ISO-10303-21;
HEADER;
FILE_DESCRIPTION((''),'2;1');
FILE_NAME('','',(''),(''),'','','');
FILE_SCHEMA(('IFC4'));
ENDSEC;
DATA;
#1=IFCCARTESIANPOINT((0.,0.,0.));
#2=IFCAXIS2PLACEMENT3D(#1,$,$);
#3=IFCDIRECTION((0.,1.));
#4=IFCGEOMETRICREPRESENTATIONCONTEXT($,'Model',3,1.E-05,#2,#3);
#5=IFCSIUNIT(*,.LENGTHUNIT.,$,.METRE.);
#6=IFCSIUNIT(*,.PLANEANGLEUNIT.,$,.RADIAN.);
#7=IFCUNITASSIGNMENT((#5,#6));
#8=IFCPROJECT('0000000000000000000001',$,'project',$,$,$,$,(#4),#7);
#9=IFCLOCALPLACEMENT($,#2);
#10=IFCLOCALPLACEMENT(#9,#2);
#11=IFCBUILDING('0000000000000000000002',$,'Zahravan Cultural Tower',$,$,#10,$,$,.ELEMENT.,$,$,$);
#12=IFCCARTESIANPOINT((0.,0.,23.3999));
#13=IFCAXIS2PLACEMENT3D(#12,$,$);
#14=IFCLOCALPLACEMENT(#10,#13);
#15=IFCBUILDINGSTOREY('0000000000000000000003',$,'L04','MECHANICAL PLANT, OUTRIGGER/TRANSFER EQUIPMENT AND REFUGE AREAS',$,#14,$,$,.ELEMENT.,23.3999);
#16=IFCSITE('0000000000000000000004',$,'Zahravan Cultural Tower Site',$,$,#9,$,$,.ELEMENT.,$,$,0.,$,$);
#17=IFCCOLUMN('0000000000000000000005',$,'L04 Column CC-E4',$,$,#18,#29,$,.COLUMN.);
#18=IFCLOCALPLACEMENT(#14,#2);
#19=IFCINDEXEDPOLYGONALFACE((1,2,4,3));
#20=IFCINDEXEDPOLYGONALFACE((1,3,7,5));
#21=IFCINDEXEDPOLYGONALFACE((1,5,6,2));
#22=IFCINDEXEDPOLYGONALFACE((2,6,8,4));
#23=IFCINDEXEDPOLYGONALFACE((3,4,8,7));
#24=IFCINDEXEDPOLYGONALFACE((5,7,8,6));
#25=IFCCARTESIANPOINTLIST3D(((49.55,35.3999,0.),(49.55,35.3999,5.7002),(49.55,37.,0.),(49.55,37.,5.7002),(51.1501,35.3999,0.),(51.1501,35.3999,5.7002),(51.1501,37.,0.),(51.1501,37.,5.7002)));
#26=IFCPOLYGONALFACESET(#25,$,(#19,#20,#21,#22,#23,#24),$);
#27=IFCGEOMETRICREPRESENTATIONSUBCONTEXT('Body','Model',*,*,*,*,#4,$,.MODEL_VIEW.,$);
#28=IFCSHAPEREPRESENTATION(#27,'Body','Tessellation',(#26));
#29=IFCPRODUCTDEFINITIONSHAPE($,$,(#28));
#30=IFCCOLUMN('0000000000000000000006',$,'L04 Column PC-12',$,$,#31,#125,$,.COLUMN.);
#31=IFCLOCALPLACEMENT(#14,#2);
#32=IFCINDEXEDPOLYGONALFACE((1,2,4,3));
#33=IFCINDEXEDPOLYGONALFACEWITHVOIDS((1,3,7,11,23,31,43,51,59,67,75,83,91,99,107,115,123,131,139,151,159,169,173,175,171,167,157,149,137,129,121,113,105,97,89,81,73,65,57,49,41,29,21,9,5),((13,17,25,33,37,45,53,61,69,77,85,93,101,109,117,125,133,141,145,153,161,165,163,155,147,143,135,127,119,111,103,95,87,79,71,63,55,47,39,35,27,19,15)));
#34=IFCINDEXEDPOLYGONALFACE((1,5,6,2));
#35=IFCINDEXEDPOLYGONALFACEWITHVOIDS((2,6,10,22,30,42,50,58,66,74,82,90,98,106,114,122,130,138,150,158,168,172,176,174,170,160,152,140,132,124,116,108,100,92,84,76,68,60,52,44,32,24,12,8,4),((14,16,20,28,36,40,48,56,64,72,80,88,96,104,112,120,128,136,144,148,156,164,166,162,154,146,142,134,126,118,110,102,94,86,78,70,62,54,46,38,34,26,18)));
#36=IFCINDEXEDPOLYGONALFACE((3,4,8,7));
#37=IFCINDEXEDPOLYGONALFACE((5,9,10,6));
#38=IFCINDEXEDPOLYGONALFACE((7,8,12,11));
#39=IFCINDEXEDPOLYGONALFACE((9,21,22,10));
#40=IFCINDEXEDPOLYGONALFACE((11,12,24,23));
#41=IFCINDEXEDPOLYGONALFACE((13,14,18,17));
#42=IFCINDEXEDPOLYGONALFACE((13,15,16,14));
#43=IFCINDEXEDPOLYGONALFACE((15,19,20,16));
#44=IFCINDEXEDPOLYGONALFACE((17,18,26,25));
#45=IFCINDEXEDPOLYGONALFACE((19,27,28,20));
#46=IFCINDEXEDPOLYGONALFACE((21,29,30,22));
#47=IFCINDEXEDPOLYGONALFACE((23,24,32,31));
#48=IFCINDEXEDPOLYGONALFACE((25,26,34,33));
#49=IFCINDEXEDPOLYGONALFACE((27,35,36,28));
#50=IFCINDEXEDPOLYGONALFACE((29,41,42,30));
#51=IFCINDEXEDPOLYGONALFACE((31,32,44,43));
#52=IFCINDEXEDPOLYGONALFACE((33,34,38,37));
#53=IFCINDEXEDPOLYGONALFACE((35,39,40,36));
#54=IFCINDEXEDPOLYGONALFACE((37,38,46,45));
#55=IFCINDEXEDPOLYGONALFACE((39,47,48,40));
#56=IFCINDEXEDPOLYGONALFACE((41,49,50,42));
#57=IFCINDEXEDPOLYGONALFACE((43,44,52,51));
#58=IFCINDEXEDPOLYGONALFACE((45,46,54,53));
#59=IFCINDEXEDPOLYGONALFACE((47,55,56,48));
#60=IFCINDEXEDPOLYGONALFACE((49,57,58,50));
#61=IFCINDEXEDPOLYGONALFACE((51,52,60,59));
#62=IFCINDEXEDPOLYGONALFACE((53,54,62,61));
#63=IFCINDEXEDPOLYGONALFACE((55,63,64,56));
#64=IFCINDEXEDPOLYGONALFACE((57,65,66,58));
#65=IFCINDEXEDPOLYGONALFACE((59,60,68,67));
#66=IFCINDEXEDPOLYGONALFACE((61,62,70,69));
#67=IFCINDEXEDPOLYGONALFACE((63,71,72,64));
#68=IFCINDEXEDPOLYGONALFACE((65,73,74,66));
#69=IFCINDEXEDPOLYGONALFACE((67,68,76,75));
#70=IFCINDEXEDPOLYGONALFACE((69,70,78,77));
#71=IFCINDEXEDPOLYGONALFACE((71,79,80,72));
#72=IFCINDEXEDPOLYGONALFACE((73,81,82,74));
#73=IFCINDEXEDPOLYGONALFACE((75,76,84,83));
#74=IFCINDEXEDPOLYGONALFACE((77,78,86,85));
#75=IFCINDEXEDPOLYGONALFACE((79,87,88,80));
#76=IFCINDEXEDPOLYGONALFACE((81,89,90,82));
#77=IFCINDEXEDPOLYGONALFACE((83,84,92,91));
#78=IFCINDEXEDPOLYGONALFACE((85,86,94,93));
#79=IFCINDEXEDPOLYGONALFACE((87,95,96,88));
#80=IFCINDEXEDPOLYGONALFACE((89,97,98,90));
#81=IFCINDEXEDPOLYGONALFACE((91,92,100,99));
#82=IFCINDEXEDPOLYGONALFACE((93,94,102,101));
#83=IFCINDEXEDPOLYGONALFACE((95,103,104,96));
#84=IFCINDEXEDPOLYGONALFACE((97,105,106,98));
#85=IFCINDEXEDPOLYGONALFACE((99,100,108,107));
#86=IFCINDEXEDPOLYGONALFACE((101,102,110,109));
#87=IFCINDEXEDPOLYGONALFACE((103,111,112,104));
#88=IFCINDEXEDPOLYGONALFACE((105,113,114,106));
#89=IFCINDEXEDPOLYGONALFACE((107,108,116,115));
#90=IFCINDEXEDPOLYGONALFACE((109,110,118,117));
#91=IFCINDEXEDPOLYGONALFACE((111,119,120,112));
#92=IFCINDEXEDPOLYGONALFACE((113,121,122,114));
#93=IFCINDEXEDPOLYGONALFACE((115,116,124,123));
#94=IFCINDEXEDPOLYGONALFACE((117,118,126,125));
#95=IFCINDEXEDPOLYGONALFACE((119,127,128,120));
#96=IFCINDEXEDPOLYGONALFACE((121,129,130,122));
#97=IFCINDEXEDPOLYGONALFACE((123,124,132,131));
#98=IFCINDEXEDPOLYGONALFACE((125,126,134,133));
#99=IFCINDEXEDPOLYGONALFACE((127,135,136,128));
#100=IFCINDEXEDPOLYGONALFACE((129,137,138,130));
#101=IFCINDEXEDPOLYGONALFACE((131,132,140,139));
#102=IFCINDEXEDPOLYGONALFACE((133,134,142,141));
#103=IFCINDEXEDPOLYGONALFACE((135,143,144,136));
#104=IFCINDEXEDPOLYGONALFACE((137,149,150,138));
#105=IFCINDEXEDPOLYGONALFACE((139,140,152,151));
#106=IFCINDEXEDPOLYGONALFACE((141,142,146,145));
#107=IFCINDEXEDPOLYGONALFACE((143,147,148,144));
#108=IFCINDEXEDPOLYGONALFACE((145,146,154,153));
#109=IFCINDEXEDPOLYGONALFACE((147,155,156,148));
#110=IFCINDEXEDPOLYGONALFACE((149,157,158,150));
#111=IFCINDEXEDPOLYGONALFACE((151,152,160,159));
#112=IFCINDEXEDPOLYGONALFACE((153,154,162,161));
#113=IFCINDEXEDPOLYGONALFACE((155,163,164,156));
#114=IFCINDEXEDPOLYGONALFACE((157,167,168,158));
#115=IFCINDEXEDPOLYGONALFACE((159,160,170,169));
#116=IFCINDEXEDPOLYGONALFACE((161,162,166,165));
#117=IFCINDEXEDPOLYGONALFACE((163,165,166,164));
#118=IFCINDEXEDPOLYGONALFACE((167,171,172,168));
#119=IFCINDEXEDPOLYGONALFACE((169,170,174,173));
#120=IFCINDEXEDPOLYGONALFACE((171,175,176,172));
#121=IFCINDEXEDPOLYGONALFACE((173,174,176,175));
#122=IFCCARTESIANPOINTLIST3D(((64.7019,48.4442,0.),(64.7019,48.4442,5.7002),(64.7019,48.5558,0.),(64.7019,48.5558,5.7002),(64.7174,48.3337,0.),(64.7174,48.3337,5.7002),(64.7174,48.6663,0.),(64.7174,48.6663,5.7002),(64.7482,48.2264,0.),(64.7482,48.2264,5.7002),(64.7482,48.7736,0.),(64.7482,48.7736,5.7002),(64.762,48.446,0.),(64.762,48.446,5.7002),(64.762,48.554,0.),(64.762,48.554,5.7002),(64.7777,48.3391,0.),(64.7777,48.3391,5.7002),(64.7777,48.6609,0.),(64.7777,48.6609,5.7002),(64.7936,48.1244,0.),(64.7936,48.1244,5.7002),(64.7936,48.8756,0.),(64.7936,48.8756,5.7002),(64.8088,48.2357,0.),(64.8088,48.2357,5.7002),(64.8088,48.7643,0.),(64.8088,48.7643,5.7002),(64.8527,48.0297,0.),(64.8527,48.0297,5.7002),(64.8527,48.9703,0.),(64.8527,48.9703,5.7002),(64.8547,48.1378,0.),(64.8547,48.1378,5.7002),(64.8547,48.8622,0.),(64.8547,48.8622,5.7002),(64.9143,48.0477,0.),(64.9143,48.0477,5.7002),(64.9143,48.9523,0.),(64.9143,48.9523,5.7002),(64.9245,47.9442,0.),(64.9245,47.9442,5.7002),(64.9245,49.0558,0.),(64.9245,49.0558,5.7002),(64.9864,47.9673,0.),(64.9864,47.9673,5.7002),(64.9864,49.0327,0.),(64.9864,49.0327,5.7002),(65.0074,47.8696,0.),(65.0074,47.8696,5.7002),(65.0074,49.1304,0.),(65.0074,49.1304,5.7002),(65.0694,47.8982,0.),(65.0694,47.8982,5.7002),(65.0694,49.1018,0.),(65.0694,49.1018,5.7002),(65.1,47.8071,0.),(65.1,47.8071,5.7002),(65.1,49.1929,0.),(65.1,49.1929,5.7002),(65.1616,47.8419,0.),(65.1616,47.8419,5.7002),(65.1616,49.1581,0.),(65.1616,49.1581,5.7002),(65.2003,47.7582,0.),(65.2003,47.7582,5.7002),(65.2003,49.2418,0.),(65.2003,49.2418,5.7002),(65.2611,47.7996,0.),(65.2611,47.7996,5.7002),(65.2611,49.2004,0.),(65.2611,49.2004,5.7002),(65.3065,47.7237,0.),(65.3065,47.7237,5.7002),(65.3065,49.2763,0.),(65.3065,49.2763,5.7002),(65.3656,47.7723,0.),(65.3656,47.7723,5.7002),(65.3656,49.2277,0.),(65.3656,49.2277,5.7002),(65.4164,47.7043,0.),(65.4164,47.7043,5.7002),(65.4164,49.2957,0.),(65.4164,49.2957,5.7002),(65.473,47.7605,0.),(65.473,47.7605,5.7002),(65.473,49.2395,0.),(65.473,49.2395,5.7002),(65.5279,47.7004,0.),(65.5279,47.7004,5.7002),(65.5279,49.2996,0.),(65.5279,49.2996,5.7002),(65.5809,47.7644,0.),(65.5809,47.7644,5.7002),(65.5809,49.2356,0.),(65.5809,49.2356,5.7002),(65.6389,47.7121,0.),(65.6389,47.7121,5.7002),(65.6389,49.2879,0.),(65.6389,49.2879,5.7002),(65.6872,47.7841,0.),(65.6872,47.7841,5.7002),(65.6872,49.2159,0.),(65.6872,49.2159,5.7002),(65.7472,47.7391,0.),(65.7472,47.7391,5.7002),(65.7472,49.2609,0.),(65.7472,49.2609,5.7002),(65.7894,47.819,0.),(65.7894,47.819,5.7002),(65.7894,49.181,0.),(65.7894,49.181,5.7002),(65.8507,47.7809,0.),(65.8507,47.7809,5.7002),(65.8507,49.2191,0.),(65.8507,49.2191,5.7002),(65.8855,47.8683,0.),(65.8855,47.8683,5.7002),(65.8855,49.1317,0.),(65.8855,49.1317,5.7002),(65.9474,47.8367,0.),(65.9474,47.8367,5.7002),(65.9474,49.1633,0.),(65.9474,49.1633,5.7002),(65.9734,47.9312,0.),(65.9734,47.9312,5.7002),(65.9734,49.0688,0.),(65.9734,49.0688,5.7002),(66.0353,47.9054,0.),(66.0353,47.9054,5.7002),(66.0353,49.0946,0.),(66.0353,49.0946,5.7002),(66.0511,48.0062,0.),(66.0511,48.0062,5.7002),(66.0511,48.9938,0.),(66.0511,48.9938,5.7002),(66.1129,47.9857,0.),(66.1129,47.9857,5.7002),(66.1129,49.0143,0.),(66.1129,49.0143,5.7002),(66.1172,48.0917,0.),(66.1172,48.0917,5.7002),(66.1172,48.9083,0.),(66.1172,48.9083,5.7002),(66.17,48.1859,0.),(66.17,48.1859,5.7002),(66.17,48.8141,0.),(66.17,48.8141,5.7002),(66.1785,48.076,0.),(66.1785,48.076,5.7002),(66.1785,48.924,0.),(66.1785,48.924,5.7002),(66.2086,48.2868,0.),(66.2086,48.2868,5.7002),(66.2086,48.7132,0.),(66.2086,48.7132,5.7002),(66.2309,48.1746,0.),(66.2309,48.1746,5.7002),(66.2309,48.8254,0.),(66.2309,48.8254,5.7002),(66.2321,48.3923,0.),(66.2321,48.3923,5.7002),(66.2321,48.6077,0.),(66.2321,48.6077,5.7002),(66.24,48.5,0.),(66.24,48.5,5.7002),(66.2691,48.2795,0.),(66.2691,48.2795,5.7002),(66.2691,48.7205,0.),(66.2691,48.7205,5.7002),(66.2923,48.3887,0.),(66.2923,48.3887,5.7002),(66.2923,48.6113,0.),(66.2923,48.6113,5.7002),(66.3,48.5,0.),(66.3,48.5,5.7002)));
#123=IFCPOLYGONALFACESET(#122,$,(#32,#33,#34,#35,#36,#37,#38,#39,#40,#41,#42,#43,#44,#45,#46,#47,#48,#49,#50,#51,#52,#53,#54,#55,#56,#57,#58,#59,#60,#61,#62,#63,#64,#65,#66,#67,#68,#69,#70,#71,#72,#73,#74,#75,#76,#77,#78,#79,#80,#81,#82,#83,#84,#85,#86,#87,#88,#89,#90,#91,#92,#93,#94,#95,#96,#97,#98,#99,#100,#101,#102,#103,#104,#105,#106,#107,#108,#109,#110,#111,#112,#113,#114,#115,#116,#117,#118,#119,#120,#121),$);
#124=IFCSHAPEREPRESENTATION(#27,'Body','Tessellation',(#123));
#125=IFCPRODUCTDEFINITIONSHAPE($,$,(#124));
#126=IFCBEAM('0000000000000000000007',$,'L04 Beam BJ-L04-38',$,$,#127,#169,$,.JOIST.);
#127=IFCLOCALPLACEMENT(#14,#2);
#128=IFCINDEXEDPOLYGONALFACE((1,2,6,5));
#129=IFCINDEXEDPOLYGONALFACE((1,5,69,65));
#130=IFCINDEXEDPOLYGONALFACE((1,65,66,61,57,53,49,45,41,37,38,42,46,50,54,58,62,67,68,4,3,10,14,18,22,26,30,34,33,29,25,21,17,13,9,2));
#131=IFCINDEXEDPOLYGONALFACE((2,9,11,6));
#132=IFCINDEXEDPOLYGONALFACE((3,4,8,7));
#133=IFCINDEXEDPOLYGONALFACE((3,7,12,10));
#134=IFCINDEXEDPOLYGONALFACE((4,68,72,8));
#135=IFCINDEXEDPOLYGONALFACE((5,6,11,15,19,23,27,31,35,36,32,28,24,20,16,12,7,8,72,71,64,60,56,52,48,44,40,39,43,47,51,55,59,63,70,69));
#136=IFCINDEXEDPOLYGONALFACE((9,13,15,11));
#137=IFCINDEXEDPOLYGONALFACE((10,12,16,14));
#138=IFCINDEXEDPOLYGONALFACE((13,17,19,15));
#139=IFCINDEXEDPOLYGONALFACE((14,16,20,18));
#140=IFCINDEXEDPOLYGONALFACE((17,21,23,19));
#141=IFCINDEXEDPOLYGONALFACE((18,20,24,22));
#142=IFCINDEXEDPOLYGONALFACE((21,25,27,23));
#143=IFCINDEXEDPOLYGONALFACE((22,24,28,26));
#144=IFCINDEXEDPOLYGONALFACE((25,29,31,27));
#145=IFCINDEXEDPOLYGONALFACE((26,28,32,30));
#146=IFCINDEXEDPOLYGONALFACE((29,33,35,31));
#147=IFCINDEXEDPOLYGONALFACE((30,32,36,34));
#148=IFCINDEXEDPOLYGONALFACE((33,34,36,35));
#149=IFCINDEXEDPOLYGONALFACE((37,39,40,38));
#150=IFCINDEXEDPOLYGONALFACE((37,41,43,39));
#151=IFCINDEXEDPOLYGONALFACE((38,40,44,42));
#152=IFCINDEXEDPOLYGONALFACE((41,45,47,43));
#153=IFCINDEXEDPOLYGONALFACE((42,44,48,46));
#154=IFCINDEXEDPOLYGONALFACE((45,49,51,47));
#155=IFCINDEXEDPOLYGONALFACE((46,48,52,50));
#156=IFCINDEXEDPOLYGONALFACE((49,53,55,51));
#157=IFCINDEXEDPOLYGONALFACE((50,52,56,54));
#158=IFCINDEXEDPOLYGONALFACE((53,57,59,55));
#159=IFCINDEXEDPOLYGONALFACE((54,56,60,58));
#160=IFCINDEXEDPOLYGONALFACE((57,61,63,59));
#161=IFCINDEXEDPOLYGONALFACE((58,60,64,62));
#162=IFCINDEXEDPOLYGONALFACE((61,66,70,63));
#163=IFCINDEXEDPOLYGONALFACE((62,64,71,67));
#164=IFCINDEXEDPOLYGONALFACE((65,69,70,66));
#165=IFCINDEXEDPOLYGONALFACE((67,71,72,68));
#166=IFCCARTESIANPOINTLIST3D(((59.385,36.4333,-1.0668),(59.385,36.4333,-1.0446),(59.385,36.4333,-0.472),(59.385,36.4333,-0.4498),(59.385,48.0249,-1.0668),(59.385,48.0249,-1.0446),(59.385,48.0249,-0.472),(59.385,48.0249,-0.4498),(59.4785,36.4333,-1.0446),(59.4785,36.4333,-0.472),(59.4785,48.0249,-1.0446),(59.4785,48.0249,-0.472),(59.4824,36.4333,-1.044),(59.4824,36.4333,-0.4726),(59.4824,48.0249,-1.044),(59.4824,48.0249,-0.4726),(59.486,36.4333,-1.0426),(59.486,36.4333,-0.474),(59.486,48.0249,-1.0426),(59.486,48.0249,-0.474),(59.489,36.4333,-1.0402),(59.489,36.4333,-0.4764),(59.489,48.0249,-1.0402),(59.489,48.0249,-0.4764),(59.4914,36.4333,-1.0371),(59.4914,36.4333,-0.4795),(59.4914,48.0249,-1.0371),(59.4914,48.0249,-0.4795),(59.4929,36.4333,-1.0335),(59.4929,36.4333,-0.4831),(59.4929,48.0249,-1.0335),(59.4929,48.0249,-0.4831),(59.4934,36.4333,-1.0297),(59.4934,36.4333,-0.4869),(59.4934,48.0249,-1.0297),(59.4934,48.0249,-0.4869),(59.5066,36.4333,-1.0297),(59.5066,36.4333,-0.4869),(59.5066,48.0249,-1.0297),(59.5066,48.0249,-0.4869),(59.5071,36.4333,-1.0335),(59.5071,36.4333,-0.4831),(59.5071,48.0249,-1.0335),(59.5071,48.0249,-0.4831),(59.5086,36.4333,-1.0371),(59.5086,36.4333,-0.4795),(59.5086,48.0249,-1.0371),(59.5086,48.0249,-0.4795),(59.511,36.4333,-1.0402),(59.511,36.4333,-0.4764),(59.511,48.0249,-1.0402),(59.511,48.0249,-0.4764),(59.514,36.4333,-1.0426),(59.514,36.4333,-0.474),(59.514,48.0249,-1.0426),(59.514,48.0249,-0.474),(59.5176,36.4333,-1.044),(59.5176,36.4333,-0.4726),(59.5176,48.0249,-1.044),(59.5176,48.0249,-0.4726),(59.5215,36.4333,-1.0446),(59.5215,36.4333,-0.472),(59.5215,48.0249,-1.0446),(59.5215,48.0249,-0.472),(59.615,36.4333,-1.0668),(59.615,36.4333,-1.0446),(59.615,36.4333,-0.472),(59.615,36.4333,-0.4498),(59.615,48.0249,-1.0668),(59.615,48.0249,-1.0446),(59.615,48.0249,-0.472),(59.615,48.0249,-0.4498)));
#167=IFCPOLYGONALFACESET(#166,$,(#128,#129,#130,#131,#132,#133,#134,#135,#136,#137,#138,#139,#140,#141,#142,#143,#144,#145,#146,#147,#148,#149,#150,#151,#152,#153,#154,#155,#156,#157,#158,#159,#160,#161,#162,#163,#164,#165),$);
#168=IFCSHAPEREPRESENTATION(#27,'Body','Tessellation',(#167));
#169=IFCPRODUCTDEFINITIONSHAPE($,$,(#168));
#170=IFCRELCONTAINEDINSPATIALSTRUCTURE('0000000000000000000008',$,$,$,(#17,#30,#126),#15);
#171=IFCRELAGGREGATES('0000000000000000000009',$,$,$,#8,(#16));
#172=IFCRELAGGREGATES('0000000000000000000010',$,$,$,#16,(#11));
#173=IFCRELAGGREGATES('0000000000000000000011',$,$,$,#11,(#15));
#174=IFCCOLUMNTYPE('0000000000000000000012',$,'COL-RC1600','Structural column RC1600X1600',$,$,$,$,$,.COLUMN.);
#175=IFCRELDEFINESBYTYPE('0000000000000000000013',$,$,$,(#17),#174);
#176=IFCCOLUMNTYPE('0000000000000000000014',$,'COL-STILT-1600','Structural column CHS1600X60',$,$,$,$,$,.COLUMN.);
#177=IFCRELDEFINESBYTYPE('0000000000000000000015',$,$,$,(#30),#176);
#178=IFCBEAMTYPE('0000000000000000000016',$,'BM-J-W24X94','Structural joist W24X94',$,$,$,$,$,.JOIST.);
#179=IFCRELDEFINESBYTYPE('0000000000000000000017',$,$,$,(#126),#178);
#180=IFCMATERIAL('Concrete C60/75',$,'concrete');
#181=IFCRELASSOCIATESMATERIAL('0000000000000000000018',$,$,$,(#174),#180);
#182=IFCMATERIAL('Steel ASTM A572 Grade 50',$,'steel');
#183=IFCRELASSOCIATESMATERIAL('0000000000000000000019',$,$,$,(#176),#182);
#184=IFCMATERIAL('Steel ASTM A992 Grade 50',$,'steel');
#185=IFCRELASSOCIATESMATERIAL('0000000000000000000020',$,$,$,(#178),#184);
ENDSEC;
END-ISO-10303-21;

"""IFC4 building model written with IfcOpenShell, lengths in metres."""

from ifc_helpers import new_model, si_unit, direction, frame, origin, origin_2d, place, context, subcontext, project, spatial, rectangle, hollow_circle, i_section, extrude, source, transform, mapped, material, material_profile, profile_set, type_object, element, save


model = new_model("IFC4")

# Units and contexts
model_context = context("Model", 3, precision=1e-05, world=origin(), true_north=direction((0.0, 1.0)))
body_context = subcontext(model_context, "Body", "Model", "MODEL_VIEW")
ifc_project = project(units=[si_unit("LENGTHUNIT", "METRE"), si_unit("PLANEANGLEUNIT", "RADIAN")], contexts=[model_context])

# Site, building, storey
site_placement = place(None, origin())
site = spatial("IfcSite", under=ifc_project, at=site_placement, Name="Zahravan Cultural Tower Site", CompositionType="ELEMENT", RefElevation=0.0)
building_placement = place(site_placement, origin())
building = spatial("IfcBuilding", under=site, at=building_placement, Name="Zahravan Cultural Tower", CompositionType="ELEMENT")
storey_placement = place(building_placement, frame((0.0, 0.0, 23.3999)))
storey = spatial("IfcBuildingStorey", under=building, at=storey_placement, Name="L04", Description="MECHANICAL PLANT, OUTRIGGER/TRANSFER EQUIPMENT AND REFUGE AREAS", CompositionType="ELEMENT", Elevation=23.3999)

# Columns
ifc_material_1 = material(Name="Concrete C60/75", Category="concrete")
ifc_material_profile_1 = material_profile(ifc_material_1, rectangle(XDim=1.6001, YDim=1.6001, at=origin_2d()), Name="RC1600X1600")
ifc_profile_set_1 = profile_set([ifc_material_profile_1], Name="Concrete C60/75")
column_type_1 = type_object("IfcColumnType", Name="COL-RC1600", Description="Structural column RC1600X1600", PredefinedType="COLUMN", material=ifc_profile_set_1)
shared_shape_1 = source(origin(), body_context, "Body", "SweptSolid", [
    extrude(rectangle(XDim=1.6001, YDim=1.6001, at=origin_2d()), origin(), (0.0, 0.0, 1.0), 5.7002),
])
column_1_placement = place(storey_placement, frame((50.3501, 36.2, 0.0), z_axis=(0.0, 0.0, 1.0), x_axis=(1.0, 0.0, 0.0)))
element("IfcColumn", 1, at=column_1_placement, inside=storey, type_object=column_type_1, Name="L04 Column CC-E4", PredefinedType="COLUMN", context=body_context, shape_type="MappedRepresentation", body=[
    mapped(shared_shape_1, transform((0.0, 0.0, 0.0), x_axis=(1.0, 0.0, 0.0), y_axis=(0.0, 1.0, 0.0), z_axis=(0.0, 0.0, 1.0), scale=1.0)),
])
ifc_material_2 = material(Name="Steel ASTM A572 Grade 50", Category="steel")
ifc_material_profile_2 = material_profile(ifc_material_2, hollow_circle(Radius=0.8, WallThickness=0.0601, at=origin_2d()), Name="CHS1600X60")
ifc_profile_set_2 = profile_set([ifc_material_profile_2], Name="Steel ASTM A572 Grade 50")
column_type_2 = type_object("IfcColumnType", Name="COL-STILT-1600", Description="Structural column CHS1600X60", PredefinedType="COLUMN", material=ifc_profile_set_2)
shared_shape_2 = source(origin(), body_context, "Body", "SweptSolid", [
    extrude(hollow_circle(Radius=0.8, WallThickness=0.0601, at=origin_2d()), origin(), (0.0, 0.0, 1.0), 5.7002),
])
column_2_placement = place(storey_placement, frame((65.5, 48.5, 0.0), z_axis=(0.0, 0.0, 1.0), x_axis=(1.0, 0.0, 0.0)))
element("IfcColumn", 2, at=column_2_placement, inside=storey, type_object=column_type_2, Name="L04 Column PC-12", PredefinedType="COLUMN", context=body_context, shape_type="MappedRepresentation", body=[
    mapped(shared_shape_2, transform((0.0, 0.0, 0.0), x_axis=(1.0, 0.0, 0.0), y_axis=(0.0, 1.0, 0.0), z_axis=(0.0, 0.0, 1.0), scale=1.0)),
])

# Beam
ifc_material_3 = material(Name="Steel ASTM A992 Grade 50", Category="steel")
ifc_material_profile_3 = material_profile(ifc_material_3, i_section(OverallWidth=0.23, OverallDepth=0.6169, WebThickness=0.0132, FlangeThickness=0.0222, FilletRadius=0.0149, at=origin_2d()), Name="W24X94")
ifc_profile_set_3 = profile_set([ifc_material_profile_3], Name="Steel ASTM A992 Grade 50")
beam_type = type_object("IfcBeamType", Name="BM-J-W24X94", Description="Structural joist W24X94", PredefinedType="JOIST", material=ifc_profile_set_3)
shared_shape_3 = source(origin(), body_context, "Body", "SweptSolid", [
    extrude(i_section(OverallWidth=0.23, OverallDepth=0.6169, WebThickness=0.0132, FlangeThickness=0.0222, FilletRadius=0.0149, at=origin_2d()), origin(), (0.0, 0.0, 1.0), 11.5916),
])
beam_1_placement = place(storey_placement, frame((59.5, 36.4333, -0.7583), z_axis=(0.0, 1.0, 0.0), x_axis=(-1.0, 0.0, 0.0)))
element("IfcBeam", 3, at=beam_1_placement, inside=storey, type_object=beam_type, Name="L04 Beam BJ-L04-38", PredefinedType="JOIST", context=body_context, shape_type="MappedRepresentation", body=[
    mapped(shared_shape_3, transform((0.0, 0.0, 0.0), x_axis=(1.0, 0.0, 0.0), y_axis=(0.0, 1.0, 0.0), z_axis=(0.0, 0.0, 1.0), scale=1.0)),
])

save(model, "model.ifc")
